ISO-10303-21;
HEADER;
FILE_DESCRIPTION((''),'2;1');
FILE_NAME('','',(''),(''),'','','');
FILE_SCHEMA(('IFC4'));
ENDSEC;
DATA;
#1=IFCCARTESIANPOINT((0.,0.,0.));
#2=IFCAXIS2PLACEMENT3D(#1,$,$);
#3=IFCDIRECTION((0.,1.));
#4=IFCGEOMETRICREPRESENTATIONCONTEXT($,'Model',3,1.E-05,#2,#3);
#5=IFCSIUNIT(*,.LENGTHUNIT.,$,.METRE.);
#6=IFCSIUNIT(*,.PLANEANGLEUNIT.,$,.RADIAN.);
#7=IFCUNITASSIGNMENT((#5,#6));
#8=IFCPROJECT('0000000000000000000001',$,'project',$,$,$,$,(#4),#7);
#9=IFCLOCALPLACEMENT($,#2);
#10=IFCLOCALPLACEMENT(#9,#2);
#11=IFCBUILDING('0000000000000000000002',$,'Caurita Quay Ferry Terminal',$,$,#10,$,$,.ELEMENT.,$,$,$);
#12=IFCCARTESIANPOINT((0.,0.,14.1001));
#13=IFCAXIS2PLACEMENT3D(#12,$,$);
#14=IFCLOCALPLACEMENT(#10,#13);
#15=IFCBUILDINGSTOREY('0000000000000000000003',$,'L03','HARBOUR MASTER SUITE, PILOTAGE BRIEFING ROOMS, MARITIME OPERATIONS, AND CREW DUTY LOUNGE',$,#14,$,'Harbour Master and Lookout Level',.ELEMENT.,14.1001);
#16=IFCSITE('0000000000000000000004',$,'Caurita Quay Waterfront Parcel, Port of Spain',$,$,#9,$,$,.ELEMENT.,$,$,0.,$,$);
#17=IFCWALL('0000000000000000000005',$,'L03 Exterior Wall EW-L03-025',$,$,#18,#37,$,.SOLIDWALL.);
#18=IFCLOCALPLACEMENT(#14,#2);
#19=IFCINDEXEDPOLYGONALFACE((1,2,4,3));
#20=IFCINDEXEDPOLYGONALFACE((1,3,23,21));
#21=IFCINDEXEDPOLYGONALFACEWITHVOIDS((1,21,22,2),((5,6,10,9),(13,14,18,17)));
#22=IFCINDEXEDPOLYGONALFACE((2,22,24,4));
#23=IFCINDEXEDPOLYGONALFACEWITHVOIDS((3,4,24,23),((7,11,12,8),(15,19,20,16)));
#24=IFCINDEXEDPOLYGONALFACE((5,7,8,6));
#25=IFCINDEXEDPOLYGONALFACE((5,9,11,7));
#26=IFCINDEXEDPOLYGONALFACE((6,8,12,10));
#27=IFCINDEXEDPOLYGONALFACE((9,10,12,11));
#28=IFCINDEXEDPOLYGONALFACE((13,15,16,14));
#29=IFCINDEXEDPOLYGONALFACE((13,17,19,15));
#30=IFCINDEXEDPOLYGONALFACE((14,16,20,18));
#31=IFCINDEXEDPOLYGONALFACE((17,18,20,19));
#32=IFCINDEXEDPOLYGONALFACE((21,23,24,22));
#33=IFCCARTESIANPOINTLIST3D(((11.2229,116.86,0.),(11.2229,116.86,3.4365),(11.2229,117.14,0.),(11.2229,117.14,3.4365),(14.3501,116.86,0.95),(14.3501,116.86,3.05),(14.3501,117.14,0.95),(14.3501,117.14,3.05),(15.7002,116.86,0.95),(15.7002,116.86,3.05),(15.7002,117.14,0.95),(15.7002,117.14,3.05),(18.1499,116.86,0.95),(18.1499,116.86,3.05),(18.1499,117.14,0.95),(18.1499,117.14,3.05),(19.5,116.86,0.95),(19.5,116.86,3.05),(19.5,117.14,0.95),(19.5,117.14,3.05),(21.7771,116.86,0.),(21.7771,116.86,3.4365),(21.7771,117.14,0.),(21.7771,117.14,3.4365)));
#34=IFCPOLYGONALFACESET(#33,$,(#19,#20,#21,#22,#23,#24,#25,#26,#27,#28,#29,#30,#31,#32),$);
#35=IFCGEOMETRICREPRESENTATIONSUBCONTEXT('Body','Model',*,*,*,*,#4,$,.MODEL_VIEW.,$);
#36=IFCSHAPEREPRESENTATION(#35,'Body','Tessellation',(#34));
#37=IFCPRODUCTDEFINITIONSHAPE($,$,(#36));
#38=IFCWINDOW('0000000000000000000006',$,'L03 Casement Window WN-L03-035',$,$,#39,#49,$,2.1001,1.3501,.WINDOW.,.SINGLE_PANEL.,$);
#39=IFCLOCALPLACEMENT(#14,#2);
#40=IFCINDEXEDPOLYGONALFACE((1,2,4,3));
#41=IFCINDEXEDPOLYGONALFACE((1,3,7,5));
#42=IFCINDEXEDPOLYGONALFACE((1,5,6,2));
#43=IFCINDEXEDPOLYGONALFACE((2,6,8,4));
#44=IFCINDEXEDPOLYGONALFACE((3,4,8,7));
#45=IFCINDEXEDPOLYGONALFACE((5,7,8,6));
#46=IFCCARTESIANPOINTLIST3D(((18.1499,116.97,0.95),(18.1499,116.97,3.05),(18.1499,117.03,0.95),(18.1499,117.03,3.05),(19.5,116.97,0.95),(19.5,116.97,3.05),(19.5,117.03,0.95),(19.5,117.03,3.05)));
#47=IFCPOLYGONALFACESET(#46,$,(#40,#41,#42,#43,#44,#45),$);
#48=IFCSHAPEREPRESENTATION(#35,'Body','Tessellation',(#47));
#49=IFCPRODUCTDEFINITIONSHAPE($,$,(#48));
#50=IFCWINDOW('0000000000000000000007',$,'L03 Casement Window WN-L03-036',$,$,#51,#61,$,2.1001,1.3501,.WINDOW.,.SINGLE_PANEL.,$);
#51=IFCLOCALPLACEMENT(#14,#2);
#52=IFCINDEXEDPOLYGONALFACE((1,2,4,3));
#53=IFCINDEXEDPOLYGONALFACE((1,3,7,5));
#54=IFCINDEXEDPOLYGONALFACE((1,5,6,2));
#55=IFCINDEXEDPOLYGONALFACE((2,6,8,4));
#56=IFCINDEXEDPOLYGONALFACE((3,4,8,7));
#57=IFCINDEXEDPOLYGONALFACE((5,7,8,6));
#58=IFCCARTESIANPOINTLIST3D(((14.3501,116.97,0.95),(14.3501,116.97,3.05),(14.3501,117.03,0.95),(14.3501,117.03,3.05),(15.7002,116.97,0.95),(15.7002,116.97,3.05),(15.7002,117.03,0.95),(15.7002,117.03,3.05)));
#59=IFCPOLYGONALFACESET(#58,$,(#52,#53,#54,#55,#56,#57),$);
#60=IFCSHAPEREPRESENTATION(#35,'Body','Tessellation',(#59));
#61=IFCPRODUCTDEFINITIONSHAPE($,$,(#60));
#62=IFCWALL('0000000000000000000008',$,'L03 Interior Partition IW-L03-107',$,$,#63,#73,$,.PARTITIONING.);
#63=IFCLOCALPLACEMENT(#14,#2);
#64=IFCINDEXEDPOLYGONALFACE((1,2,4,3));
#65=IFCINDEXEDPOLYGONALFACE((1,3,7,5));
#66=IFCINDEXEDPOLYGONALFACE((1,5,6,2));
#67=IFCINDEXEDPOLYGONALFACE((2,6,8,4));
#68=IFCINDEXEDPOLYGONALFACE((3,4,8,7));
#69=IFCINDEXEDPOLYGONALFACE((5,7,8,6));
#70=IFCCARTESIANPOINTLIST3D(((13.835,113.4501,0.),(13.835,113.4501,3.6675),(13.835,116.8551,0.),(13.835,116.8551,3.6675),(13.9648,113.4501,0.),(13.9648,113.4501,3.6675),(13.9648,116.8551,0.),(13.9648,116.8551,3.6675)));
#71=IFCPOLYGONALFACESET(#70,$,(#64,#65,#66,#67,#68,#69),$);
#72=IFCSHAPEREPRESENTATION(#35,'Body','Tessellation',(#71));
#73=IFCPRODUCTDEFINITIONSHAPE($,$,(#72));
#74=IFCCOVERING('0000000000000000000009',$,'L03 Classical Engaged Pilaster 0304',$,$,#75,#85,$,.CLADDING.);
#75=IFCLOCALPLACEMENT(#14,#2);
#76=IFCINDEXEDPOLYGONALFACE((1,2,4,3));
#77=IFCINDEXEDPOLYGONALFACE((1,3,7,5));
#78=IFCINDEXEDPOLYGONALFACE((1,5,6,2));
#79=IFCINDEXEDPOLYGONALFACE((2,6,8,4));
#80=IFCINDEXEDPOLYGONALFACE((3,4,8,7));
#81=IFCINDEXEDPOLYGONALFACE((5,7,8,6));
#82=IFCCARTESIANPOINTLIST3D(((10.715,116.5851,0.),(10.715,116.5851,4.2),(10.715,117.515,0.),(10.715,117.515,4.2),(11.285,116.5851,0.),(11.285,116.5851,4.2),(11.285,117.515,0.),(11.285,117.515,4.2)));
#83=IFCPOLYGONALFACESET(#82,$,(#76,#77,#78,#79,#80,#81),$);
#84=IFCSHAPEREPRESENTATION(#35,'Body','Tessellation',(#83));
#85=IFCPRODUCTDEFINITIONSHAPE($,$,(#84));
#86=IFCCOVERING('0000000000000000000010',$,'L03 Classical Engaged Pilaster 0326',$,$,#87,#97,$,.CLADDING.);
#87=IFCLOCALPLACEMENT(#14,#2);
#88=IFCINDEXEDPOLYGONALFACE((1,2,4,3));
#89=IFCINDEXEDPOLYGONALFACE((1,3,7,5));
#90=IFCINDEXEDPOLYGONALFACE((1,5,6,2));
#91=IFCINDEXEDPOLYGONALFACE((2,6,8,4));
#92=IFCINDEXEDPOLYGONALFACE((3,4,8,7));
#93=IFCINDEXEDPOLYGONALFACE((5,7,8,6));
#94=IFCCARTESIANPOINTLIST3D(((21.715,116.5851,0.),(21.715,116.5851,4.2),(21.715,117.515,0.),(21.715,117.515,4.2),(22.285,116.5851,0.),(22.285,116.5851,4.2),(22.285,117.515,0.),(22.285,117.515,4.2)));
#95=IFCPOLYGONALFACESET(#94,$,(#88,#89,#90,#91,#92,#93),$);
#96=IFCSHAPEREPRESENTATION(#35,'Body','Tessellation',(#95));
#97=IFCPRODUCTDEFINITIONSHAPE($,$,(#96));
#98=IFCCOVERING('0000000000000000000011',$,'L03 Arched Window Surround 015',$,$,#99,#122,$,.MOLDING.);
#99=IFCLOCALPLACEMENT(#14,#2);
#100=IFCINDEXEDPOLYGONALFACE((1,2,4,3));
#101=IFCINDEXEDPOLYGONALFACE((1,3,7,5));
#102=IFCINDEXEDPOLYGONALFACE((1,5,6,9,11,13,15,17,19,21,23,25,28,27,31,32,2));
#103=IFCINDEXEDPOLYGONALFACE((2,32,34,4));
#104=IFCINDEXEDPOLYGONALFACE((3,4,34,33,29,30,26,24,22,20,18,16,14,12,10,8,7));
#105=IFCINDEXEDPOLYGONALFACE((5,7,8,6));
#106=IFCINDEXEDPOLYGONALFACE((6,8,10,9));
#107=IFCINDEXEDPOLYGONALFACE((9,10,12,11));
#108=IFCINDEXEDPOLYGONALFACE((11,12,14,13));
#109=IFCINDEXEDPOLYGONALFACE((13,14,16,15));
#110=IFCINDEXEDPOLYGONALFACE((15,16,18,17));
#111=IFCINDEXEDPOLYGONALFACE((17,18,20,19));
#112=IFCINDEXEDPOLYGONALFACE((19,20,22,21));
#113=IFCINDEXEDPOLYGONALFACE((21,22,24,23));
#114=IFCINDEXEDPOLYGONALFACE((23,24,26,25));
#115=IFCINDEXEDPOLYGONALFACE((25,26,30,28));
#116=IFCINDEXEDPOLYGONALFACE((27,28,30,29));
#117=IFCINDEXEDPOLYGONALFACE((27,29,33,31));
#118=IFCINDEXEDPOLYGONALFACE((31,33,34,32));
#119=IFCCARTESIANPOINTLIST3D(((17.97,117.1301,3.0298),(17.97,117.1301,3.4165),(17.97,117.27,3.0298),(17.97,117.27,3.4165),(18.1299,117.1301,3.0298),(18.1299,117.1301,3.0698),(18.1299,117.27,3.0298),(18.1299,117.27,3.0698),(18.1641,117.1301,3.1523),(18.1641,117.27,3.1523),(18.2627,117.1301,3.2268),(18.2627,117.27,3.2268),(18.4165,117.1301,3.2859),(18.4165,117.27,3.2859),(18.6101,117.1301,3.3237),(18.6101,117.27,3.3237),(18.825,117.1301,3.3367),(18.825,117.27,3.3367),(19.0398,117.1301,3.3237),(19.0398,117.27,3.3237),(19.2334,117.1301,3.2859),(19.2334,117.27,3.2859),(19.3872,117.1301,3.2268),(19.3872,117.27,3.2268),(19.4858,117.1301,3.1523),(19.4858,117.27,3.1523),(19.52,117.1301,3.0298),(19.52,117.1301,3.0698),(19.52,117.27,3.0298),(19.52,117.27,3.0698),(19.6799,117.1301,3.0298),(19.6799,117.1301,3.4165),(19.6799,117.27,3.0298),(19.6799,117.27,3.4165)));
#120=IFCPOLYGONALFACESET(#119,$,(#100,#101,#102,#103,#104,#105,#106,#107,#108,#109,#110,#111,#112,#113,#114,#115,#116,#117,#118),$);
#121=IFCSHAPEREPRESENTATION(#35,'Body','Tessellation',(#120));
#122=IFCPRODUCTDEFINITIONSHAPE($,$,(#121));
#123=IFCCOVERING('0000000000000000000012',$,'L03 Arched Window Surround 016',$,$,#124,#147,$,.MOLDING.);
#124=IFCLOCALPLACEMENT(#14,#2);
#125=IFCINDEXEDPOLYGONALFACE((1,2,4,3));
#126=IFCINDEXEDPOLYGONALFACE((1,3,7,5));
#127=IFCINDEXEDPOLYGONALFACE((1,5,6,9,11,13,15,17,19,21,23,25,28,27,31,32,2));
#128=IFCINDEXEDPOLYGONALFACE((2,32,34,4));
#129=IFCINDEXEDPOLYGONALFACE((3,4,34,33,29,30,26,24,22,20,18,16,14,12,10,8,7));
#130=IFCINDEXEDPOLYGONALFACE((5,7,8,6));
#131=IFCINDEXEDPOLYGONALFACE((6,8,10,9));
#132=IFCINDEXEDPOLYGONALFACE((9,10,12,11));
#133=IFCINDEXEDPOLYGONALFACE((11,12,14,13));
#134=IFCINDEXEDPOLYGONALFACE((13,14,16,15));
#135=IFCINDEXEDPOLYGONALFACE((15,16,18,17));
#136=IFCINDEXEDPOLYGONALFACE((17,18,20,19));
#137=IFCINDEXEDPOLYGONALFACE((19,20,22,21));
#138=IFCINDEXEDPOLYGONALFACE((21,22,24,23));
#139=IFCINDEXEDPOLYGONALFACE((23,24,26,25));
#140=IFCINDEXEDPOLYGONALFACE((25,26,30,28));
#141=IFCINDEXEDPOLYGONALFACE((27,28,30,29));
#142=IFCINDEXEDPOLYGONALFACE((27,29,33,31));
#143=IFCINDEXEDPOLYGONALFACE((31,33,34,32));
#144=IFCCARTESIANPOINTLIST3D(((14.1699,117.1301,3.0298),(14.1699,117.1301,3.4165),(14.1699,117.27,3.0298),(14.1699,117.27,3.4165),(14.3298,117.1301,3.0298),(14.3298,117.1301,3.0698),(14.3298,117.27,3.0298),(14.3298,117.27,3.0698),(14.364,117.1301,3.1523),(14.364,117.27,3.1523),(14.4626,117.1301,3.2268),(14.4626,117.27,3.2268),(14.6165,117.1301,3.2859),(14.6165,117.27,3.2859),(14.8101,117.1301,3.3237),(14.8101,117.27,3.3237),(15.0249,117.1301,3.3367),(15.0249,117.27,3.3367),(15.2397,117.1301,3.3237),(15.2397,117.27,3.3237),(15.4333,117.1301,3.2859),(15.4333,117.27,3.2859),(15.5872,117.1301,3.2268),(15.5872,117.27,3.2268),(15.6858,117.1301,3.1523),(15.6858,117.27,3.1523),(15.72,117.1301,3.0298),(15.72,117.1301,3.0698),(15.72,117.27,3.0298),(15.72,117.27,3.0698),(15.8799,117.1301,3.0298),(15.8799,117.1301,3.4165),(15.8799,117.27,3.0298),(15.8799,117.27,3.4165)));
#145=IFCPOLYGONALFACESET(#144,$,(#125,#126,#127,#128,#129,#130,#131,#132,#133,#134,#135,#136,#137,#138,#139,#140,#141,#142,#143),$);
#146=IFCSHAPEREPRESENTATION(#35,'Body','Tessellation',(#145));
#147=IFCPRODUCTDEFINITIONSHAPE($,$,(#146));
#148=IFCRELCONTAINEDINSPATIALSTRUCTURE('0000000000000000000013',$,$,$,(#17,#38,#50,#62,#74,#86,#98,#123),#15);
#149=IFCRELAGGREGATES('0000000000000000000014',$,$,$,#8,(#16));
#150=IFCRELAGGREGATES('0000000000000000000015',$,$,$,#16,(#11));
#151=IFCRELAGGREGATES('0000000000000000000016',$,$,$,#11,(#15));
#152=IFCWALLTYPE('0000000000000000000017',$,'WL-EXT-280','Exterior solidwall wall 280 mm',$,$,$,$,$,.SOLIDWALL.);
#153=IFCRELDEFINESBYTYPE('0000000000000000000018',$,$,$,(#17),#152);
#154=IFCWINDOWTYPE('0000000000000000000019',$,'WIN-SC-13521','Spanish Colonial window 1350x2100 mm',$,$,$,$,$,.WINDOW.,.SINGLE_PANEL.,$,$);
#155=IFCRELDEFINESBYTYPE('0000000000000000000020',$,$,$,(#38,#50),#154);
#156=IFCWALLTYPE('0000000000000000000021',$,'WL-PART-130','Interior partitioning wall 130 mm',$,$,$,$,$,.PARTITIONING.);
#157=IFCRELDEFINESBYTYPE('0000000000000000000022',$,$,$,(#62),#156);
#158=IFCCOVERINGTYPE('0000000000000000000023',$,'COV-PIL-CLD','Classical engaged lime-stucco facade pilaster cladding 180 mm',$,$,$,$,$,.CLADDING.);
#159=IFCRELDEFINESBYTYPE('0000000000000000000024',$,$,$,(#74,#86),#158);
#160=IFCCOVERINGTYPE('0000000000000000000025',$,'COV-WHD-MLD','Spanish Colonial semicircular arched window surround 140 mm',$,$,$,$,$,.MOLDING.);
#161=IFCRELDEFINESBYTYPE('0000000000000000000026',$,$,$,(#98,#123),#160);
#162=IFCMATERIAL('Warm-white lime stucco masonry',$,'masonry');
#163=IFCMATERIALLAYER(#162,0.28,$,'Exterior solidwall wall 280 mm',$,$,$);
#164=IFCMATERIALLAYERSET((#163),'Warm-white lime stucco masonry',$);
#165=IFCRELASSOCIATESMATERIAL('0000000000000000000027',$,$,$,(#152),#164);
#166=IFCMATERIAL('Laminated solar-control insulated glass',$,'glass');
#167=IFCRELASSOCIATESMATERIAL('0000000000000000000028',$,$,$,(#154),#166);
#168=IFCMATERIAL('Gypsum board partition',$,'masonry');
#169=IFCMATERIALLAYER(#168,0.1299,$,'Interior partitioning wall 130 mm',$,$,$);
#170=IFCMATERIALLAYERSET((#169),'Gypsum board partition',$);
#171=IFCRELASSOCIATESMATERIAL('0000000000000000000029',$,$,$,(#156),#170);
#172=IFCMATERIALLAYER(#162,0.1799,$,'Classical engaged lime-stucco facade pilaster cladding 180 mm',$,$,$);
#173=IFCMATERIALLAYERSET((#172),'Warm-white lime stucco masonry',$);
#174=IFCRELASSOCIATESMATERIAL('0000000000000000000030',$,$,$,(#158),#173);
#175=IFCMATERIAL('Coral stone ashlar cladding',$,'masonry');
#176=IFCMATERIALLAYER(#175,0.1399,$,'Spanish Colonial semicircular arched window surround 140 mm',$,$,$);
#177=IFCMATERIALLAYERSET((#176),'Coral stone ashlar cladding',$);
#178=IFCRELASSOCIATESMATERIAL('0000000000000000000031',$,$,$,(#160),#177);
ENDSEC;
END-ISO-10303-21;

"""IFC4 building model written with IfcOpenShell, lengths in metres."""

from ifc_helpers import new_model, si_unit, direction, frame, frame_2d, origin, origin_2d, place, context, subcontext, project, spatial, polyline, rectangle, outline, extrude, material, layer, layer_set, type_object, element, fill, save


model = new_model("IFC4")

# Units and contexts
model_context = context("Model", 3, precision=1e-05, world=origin(), true_north=direction((0.0, 1.0)))
body_context = subcontext(model_context, "Body", "Model", "MODEL_VIEW")
ifc_project = project(units=[si_unit("LENGTHUNIT", "METRE"), si_unit("PLANEANGLEUNIT", "RADIAN")], contexts=[model_context])

# Site, building, storey
site_placement = place(None, origin())
site = spatial("IfcSite", under=ifc_project, at=site_placement, Name="Caurita Quay Waterfront Parcel, Port of Spain", CompositionType="ELEMENT", RefElevation=0.0)
building_placement = place(site_placement, origin())
building = spatial("IfcBuilding", under=site, at=building_placement, Name="Caurita Quay Ferry Terminal", CompositionType="ELEMENT")
storey_placement = place(building_placement, frame((0.0, 0.0, 14.1001)))
storey = spatial("IfcBuildingStorey", under=building, at=storey_placement, Name="L03", Description="HARBOUR MASTER SUITE, PILOTAGE BRIEFING ROOMS, MARITIME OPERATIONS, AND CREW DUTY LOUNGE", LongName="Harbour Master and Lookout Level", CompositionType="ELEMENT", Elevation=14.1001)

# Wall, openings, windows
ifc_material_1 = material(Name="Warm-white lime stucco masonry", Category="masonry")
ifc_layer_1 = layer(ifc_material_1, 0.28, Name="Exterior solidwall wall 280 mm")
ifc_layer_set_1 = layer_set([ifc_layer_1], Name="Warm-white lime stucco masonry")
wall_type_1 = type_object("IfcWallType", Name="WL-EXT-280", Description="Exterior solidwall wall 280 mm", PredefinedType="SOLIDWALL", material=ifc_layer_set_1)
wall_1_placement = place(storey_placement, frame((21.7771, 117.0, 0.0), z_axis=(0.0, 0.0, 1.0), x_axis=(-1.0, 0.0, 0.0)))
wall_1 = element("IfcWall", 1, at=wall_1_placement, inside=storey, type_object=wall_type_1, Name="L03 Exterior Wall EW-L03-025", PredefinedType="SOLIDWALL", context=body_context, shape_type="SweptSolid", body=[
    extrude(rectangle(XDim=10.5542, YDim=0.28, at=frame_2d((5.2771, 0.0))), origin(), (0.0, 0.0, 1.0), 3.4365),
])
opening_1_placement = place(wall_1_placement, frame((2.2771, 0.0, 0.95)))
opening_1 = element("IfcOpeningElement", 2, at=opening_1_placement, cuts=wall_1, PredefinedType="OPENING", context=body_context, shape_type="SweptSolid", body=[
    extrude(rectangle(XDim=1.3501, YDim=2.1001, at=frame_2d((0.675, 1.05))), frame((0.0, 0.1499, 0.0), z_axis=(0.0, -1.0, 0.0), x_axis=(1.0, 0.0, 0.0)), (0.0, 0.0, 1.0), 0.3),
])
opening_2_placement = place(wall_1_placement, frame((6.0769, 0.0, 0.95)))
opening_2 = element("IfcOpeningElement", 3, at=opening_2_placement, cuts=wall_1, PredefinedType="OPENING", context=body_context, shape_type="SweptSolid", body=[
    extrude(rectangle(XDim=1.3501, YDim=2.1001, at=frame_2d((0.675, 1.05))), frame((0.0, 0.1499, 0.0), z_axis=(0.0, -1.0, 0.0), x_axis=(1.0, 0.0, 0.0)), (0.0, 0.0, 1.0), 0.3),
])
ifc_material_2 = material(Name="Laminated solar-control insulated glass", Category="glass")
window_type = type_object("IfcWindowType", Name="WIN-SC-13521", Description="Spanish Colonial window 1350x2100 mm", PartitioningType="SINGLE_PANEL", PredefinedType="WINDOW", material=ifc_material_2)
window_1_placement = place(opening_1_placement, origin())
window_1 = element("IfcWindow", 4, at=window_1_placement, inside=storey, type_object=window_type, Name="L03 Casement Window WN-L03-035", OverallHeight=2.1001, OverallWidth=1.3501, PartitioningType="SINGLE_PANEL", PredefinedType="WINDOW", context=body_context, shape_type="SweptSolid", body=[
    extrude(rectangle(XDim=1.3501, YDim=2.1001, at=frame_2d((0.675, 1.05))), frame((0.0, 0.03, 0.0), z_axis=(0.0, -1.0, 0.0), x_axis=(1.0, 0.0, 0.0)), (0.0, 0.0, 1.0), 0.0601),
])
fill(opening_1, window_1)
window_2_placement = place(opening_2_placement, origin())
window_2 = element("IfcWindow", 5, at=window_2_placement, inside=storey, type_object=window_type, Name="L03 Casement Window WN-L03-036", OverallHeight=2.1001, OverallWidth=1.3501, PartitioningType="SINGLE_PANEL", PredefinedType="WINDOW", context=body_context, shape_type="SweptSolid", body=[
    extrude(rectangle(XDim=1.3501, YDim=2.1001, at=frame_2d((0.675, 1.05))), frame((0.0, 0.03, 0.0), z_axis=(0.0, -1.0, 0.0), x_axis=(1.0, 0.0, 0.0)), (0.0, 0.0, 1.0), 0.0601),
])
fill(opening_2, window_2)

# Wall
ifc_material_3 = material(Name="Gypsum board partition", Category="masonry")
ifc_layer_2 = layer(ifc_material_3, 0.1299, Name="Interior partitioning wall 130 mm")
ifc_layer_set_2 = layer_set([ifc_layer_2], Name="Gypsum board partition")
wall_type_2 = type_object("IfcWallType", Name="WL-PART-130", Description="Interior partitioning wall 130 mm", PredefinedType="PARTITIONING", material=ifc_layer_set_2)
wall_2_placement = place(storey_placement, frame((13.8999, 113.45, 0.0), z_axis=(0.0, 0.0, 1.0), x_axis=(0.0, 1.0, 0.0)))
element("IfcWall", 6, at=wall_2_placement, inside=storey, type_object=wall_type_2, Name="L03 Interior Partition IW-L03-107", PredefinedType="PARTITIONING", context=body_context, shape_type="SweptSolid", body=[
    extrude(rectangle(XDim=3.405, YDim=0.1299, at=frame_2d((1.7026, 0.0))), origin(), (0.0, 0.0, 1.0), 3.6675),
])

# Coverings
ifc_layer_3 = layer(ifc_material_1, 0.1799, Name="Classical engaged lime-stucco facade pilaster cladding 180 mm")
ifc_layer_set_3 = layer_set([ifc_layer_3], Name="Warm-white lime stucco masonry")
covering_type_1 = type_object("IfcCoveringType", Name="COV-PIL-CLD", Description="Classical engaged lime-stucco facade pilaster cladding 180 mm", PredefinedType="CLADDING", material=ifc_layer_set_3)
for number, where, z_axis, x_axis, name in (
    (7, (11.0, 117.05, 0.0), (0.0, 0.0, 1.0), (1.0, 0.0, 0.0), "L03 Classical Engaged Pilaster 0304"),
    (8, (22.0, 117.05, 0.0), (0.0, 0.0, 1.0), (1.0, 0.0, 0.0), "L03 Classical Engaged Pilaster 0326"),
):
    element("IfcCovering", number, at=place(storey_placement, frame(where, z_axis=z_axis, x_axis=x_axis)), inside=storey, type_object=covering_type_1, Name=name, PredefinedType="CLADDING", context=body_context, shape_type="SweptSolid", body=[
        extrude(rectangle(XDim=0.5701, YDim=0.9299, at=origin_2d()), origin(), (0.0, 0.0, 1.0), 4.2),
    ])
ifc_material_4 = material(Name="Coral stone ashlar cladding", Category="masonry")
ifc_layer_4 = layer(ifc_material_4, 0.1399, Name="Spanish Colonial semicircular arched window surround 140 mm")
ifc_layer_set_4 = layer_set([ifc_layer_4], Name="Coral stone ashlar cladding")
covering_type_2 = type_object("IfcCoveringType", Name="COV-WHD-MLD", Description="Spanish Colonial semicircular arched window surround 140 mm", PredefinedType="MOLDING", material=ifc_layer_set_4)
for number, where, z_axis, x_axis, name in (
    (9, (19.6799, 117.2, 3.0298), (0.0, 0.0, 1.0), (-1.0, 0.0, 0.0), "L03 Arched Window Surround 015"),
    (10, (15.8799, 117.2, 3.0298), (0.0, 0.0, 1.0), (-1.0, 0.0, 0.0), "L03 Arched Window Surround 016"),
):
    element("IfcCovering", number, at=place(storey_placement, frame(where, z_axis=z_axis, x_axis=x_axis)), inside=storey, type_object=covering_type_2, Name=name, PredefinedType="MOLDING", context=body_context, shape_type="SweptSolid", body=[
        extrude(outline(polyline([(0.0, 0.0), (0.1599, 0.0), (0.1599, 0.04), (0.1941, 0.1226), (0.2927, 0.197), (0.4465, 0.2561), (0.6401, 0.2939), (0.855, 0.3069), (1.0698, 0.2939), (1.2634, 0.2561), (1.4172, 0.197), (1.5159, 0.1226), (1.55, 0.04), (1.55, 0.0), (1.71, 0.0), (1.71, 0.3867), (0.0, 0.3867), (0.0, 0.0)])), frame((0.0, 0.0698, 0.0), z_axis=(0.0, -1.0, 0.0), x_axis=(1.0, 0.0, 0.0)), (0.0, 0.0, 1.0), 0.1399),
    ])

save(model, "model.ifc")
